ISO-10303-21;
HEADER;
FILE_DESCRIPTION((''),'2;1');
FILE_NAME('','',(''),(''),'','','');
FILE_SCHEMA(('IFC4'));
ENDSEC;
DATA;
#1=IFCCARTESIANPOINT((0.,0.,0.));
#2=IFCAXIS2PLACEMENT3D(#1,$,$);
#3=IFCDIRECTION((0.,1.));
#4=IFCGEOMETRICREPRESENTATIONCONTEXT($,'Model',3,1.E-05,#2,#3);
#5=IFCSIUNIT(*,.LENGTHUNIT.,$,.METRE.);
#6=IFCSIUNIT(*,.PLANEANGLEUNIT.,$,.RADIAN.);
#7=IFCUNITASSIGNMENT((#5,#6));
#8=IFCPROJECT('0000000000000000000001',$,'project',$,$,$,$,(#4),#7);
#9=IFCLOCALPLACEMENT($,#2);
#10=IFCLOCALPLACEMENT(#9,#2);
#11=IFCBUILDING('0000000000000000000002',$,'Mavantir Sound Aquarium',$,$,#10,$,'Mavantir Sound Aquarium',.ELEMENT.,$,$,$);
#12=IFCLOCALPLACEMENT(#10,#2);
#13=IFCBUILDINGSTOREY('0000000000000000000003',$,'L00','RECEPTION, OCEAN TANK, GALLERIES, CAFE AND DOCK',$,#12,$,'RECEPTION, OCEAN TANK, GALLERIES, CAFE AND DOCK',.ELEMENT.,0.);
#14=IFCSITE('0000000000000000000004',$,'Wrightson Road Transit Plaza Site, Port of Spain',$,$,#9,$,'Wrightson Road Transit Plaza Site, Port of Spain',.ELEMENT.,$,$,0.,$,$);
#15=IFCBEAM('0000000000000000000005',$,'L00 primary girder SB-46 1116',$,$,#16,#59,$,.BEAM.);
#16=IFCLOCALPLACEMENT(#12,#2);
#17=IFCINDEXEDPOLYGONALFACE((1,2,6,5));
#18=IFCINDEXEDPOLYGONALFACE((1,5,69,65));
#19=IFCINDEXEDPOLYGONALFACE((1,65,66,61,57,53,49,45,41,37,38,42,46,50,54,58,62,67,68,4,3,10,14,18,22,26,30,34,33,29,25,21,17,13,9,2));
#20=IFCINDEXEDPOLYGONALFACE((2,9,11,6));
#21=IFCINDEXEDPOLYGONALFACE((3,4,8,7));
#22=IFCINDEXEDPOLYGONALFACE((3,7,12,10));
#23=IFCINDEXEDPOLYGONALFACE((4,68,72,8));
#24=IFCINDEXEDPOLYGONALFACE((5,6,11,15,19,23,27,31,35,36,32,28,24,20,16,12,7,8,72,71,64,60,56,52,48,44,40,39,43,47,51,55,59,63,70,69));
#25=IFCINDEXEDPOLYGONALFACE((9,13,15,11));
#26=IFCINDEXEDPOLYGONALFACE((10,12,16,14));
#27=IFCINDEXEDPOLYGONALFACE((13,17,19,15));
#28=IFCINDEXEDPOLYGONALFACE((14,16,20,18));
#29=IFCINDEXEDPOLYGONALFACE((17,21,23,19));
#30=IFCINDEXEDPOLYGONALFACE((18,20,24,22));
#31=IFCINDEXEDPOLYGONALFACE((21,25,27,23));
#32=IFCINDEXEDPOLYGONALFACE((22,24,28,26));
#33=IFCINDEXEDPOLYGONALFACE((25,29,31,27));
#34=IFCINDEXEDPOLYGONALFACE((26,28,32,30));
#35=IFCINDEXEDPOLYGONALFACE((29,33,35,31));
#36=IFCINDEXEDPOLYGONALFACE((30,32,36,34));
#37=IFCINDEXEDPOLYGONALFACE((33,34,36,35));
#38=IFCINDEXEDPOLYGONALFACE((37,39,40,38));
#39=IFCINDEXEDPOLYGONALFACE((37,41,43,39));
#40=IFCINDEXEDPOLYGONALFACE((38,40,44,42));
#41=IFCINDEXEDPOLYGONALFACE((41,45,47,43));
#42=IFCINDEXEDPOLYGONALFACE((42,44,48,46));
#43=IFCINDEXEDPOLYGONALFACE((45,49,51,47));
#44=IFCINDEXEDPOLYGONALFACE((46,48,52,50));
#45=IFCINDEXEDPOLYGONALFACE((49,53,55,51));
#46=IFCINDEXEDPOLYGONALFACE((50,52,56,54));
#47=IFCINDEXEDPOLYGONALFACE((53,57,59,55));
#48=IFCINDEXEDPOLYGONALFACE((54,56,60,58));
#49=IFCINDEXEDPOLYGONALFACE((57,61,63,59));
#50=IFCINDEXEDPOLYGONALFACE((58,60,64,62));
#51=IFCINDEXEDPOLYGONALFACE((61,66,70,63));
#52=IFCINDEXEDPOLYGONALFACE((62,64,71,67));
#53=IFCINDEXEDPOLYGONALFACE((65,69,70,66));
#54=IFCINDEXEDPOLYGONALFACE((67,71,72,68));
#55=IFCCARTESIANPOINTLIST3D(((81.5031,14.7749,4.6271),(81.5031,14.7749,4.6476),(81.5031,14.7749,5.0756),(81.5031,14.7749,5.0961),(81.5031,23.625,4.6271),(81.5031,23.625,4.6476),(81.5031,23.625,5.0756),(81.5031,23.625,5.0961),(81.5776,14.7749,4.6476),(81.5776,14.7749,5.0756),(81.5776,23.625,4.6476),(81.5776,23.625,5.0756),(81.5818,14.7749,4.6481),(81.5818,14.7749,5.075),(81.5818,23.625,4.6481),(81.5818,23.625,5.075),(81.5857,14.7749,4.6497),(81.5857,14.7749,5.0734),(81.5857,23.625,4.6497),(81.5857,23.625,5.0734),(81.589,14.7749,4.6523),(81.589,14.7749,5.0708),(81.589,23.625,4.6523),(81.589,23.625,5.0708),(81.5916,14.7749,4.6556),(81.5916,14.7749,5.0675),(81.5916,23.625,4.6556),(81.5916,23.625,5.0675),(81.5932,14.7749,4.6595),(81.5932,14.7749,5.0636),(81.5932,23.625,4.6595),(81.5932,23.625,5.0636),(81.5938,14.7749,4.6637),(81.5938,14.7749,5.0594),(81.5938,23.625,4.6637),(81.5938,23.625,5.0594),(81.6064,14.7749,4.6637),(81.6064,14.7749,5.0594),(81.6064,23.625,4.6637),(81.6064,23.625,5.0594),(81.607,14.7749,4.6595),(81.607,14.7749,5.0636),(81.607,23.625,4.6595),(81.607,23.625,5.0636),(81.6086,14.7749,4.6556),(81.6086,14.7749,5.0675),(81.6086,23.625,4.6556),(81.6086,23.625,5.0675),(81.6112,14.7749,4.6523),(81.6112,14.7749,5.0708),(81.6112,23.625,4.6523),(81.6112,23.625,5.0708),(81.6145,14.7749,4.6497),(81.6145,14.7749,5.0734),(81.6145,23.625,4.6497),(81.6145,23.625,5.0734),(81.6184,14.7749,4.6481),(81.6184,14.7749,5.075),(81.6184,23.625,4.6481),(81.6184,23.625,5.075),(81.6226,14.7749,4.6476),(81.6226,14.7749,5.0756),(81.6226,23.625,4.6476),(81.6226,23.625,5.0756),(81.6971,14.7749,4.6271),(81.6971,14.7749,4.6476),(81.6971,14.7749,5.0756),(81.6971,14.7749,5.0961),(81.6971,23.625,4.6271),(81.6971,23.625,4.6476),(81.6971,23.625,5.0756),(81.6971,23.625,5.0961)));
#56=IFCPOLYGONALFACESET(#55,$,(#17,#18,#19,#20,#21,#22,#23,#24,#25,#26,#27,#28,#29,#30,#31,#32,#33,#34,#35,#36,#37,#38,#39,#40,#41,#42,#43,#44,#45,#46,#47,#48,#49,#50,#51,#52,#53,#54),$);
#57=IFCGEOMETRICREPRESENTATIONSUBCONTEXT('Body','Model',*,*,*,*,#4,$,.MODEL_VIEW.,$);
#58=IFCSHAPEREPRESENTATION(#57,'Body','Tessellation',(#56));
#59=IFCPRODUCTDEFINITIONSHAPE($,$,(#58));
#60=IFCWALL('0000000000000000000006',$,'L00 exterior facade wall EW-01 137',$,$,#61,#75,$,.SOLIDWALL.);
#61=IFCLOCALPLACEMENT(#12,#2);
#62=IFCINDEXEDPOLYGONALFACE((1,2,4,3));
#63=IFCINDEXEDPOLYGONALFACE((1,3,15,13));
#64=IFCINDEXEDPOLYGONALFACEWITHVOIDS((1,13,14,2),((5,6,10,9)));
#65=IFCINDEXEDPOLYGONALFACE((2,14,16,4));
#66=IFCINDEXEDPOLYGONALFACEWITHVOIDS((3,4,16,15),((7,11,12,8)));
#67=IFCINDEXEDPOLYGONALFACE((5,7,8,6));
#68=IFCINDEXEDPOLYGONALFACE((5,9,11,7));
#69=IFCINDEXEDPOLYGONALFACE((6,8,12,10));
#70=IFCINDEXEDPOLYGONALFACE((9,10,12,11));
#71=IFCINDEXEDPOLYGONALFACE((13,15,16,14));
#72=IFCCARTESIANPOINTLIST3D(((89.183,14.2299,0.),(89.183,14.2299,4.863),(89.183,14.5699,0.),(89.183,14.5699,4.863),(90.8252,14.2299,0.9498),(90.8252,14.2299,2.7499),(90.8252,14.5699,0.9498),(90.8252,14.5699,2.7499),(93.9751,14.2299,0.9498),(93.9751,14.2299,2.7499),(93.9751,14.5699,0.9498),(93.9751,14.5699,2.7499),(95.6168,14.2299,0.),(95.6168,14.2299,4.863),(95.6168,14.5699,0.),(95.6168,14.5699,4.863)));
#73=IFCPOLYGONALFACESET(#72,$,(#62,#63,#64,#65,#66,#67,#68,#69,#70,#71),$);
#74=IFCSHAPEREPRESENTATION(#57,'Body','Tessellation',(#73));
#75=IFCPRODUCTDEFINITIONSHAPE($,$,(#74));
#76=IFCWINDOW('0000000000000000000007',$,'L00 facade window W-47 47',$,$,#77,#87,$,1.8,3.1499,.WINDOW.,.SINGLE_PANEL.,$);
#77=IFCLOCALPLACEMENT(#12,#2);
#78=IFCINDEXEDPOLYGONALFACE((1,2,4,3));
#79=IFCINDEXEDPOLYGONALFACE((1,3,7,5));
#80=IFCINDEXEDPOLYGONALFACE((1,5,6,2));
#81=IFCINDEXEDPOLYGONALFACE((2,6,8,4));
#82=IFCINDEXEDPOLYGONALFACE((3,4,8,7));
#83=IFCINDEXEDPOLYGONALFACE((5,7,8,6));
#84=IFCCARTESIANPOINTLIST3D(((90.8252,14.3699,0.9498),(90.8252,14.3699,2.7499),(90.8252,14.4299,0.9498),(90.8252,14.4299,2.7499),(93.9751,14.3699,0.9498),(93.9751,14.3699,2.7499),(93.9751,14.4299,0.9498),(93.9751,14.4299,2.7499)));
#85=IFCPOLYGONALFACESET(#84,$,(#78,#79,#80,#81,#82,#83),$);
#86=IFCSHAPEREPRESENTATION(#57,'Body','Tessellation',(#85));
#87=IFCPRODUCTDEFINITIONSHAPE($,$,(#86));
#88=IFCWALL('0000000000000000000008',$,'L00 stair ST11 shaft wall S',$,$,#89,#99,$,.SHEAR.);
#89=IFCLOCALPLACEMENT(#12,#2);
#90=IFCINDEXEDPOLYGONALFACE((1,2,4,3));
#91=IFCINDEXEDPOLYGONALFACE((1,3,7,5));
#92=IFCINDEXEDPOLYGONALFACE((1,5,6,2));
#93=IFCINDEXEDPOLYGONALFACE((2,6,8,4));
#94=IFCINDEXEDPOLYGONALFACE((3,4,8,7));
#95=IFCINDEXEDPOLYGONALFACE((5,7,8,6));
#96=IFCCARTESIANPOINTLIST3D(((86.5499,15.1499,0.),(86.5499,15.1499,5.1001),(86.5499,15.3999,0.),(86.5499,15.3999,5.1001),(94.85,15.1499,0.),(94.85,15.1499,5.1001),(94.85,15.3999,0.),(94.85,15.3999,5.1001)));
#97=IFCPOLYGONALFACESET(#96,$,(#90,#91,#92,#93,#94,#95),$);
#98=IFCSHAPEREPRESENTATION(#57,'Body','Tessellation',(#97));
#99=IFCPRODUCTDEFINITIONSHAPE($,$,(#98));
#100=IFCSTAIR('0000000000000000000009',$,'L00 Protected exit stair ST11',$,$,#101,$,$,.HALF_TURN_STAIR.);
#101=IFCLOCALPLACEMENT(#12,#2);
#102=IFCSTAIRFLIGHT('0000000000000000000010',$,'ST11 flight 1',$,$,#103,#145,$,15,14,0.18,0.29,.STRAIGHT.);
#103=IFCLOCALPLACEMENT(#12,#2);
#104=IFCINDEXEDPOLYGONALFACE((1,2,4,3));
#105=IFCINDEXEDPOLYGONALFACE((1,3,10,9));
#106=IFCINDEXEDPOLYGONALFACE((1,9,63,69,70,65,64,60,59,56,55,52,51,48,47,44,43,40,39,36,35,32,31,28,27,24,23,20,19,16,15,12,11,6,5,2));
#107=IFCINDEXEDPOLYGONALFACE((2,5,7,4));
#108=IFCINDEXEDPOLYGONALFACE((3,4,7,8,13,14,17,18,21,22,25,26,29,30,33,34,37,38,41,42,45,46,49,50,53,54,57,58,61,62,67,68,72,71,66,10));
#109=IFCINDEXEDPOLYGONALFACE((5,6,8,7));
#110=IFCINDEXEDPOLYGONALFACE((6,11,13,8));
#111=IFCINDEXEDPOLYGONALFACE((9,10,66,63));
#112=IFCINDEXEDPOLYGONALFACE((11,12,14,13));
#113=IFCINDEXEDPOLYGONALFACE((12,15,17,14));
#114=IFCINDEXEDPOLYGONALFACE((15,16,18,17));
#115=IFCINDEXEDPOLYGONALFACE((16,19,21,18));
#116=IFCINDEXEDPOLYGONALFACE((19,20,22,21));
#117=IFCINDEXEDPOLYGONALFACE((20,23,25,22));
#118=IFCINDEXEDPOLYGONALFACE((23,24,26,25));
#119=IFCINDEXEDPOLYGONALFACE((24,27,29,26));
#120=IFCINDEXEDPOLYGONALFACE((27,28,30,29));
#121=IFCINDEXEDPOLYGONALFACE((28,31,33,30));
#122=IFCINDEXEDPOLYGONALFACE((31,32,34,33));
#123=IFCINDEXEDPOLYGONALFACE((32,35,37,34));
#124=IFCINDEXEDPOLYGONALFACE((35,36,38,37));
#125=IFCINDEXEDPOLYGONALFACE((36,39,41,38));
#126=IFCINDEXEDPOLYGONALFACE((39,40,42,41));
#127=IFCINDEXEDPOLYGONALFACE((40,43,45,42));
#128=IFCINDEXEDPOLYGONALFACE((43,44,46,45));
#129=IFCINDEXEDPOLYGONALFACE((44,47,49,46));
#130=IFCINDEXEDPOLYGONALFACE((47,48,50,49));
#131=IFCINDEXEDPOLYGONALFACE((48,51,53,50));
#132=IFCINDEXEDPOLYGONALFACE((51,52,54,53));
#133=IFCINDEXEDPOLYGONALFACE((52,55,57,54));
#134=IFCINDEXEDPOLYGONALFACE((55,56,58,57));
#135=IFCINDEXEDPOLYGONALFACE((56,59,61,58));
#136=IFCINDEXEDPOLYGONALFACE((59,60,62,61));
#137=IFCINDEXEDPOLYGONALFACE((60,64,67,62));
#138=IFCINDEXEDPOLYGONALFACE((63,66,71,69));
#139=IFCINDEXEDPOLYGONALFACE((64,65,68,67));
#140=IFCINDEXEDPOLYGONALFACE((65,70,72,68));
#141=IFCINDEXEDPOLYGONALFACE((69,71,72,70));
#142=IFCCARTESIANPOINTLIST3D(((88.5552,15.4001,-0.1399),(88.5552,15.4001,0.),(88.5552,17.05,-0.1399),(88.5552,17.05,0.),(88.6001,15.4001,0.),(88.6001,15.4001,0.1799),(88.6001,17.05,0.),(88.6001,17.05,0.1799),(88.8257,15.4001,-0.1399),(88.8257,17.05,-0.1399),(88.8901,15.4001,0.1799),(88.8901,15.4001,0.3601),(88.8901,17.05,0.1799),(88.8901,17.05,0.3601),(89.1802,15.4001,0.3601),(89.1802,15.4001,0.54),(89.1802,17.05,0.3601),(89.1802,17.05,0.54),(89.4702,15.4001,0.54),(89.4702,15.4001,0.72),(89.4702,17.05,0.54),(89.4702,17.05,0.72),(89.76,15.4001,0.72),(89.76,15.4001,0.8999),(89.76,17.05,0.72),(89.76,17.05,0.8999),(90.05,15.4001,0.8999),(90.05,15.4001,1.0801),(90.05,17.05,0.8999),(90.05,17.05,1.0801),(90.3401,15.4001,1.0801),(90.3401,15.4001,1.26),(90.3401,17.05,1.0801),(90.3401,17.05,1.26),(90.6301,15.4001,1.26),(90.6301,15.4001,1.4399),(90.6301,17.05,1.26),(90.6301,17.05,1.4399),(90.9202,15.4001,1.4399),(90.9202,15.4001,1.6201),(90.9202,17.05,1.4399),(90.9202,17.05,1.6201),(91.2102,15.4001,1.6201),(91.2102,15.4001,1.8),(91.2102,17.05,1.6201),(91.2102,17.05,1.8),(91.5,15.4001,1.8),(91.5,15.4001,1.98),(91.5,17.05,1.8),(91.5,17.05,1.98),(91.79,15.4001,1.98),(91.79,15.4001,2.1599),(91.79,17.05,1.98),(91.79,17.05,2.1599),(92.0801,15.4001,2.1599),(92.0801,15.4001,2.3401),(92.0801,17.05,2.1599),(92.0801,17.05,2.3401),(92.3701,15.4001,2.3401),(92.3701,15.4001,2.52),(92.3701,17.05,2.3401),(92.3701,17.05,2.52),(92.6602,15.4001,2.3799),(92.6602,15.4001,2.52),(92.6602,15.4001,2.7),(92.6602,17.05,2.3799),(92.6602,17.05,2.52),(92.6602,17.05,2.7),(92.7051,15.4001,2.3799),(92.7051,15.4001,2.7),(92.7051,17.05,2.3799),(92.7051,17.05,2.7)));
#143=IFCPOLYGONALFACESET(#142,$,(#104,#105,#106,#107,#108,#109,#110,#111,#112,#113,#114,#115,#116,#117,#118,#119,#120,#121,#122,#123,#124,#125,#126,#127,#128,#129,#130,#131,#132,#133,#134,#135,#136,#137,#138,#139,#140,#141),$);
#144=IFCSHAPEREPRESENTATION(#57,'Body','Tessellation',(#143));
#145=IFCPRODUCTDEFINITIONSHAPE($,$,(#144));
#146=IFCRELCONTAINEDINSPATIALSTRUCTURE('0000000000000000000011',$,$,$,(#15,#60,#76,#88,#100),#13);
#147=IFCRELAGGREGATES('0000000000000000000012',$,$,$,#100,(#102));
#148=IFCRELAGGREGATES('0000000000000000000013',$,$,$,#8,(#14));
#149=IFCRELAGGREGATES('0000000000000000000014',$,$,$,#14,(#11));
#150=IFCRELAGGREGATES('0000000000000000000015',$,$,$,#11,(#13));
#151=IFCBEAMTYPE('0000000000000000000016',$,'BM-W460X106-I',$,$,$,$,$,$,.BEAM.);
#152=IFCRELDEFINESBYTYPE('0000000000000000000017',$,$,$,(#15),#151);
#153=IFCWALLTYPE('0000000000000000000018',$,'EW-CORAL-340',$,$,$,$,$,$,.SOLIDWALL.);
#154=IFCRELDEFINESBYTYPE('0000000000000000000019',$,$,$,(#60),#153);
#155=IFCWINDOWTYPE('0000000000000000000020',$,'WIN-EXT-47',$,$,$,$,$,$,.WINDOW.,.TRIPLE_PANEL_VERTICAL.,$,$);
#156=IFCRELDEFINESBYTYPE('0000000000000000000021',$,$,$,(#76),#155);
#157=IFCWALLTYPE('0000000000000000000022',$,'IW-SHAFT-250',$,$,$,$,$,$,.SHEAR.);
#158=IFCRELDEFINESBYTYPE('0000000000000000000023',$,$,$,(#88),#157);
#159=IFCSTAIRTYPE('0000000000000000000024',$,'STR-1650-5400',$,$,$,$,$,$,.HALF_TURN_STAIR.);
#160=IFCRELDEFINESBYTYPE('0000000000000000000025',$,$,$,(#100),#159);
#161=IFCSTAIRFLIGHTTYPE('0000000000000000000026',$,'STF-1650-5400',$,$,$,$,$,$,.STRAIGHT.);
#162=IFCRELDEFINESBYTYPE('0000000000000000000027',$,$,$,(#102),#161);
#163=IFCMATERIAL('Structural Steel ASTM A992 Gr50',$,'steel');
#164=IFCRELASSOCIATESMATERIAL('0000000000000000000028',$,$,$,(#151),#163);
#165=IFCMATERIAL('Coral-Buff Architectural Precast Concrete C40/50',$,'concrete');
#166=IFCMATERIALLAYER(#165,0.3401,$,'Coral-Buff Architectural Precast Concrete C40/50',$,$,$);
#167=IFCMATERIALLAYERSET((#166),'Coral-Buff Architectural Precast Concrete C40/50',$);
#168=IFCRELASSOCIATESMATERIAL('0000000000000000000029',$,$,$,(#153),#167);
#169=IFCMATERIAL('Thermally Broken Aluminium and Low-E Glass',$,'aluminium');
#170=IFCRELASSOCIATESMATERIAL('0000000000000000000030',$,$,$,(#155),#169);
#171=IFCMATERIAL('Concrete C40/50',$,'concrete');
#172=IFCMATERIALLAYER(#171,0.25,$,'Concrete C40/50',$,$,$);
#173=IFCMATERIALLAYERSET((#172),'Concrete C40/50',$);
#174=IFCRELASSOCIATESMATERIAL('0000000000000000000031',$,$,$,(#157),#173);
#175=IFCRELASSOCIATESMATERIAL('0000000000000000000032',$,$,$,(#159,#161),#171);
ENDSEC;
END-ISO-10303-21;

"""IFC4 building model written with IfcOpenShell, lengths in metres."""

from ifc_helpers import new_model, si_unit, direction, frame, frame_2d, origin, origin_2d, place, context, subcontext, project, spatial, polyline, rectangle, i_section, outline, extrude, material, layer, layer_set, material_profile, profile_set, type_object, element, fill, aggregate, save


model = new_model("IFC4")

# Units and contexts
model_context = context("Model", 3, precision=1e-05, world=origin(), true_north=direction((0.0, 1.0)))
body_context = subcontext(model_context, "Body", "Model", "MODEL_VIEW")
ifc_project = project(units=[si_unit("LENGTHUNIT", "METRE"), si_unit("PLANEANGLEUNIT", "RADIAN")], contexts=[model_context])

# Site, building, storey
site_placement = place(None, origin())
site = spatial("IfcSite", under=ifc_project, at=site_placement, Name="Wrightson Road Transit Plaza Site, Port of Spain", LongName="Wrightson Road Transit Plaza Site, Port of Spain", CompositionType="ELEMENT", RefElevation=0.0)
building_placement = place(site_placement, origin())
building = spatial("IfcBuilding", under=site, at=building_placement, Name="Mavantir Sound Aquarium", LongName="Mavantir Sound Aquarium", CompositionType="ELEMENT")
storey_placement = place(building_placement, origin())
storey = spatial("IfcBuildingStorey", under=building, at=storey_placement, Name="L00", Description="RECEPTION, OCEAN TANK, GALLERIES, CAFE AND DOCK", LongName="RECEPTION, OCEAN TANK, GALLERIES, CAFE AND DOCK", CompositionType="ELEMENT", Elevation=0.0)

# Shared definitions
ifc_material_1 = material(Name="Concrete C40/50", Category="concrete")

# Beam
ifc_material_2 = material(Name="Structural Steel ASTM A992 Gr50", Category="steel")
ifc_material_profile_1 = material_profile(ifc_material_2, i_section(OverallWidth=0.1941, OverallDepth=0.469, WebThickness=0.0127, FlangeThickness=0.0205, FilletRadius=0.0161, at=origin_2d()), Name="W460X106")
ifc_profile_set_1 = profile_set([ifc_material_profile_1], Name="Structural Steel ASTM A992 Gr50")
beam_type_1 = type_object("IfcBeamType", Name="BM-W460X106-I", PredefinedType="BEAM", material=ifc_profile_set_1)
beam_1_placement = place(storey_placement, frame((81.6001, 14.7749, 4.8616), z_axis=(0.0, 1.0, 0.0), x_axis=(-1.0, 0.0, 0.0)))
element("IfcBeam", 1, at=beam_1_placement, inside=storey, type_object=beam_type_1, Name="L00 primary girder SB-46 1116", PredefinedType="BEAM", context=body_context, shape_type="SweptSolid", body=[
    extrude(i_section(OverallWidth=0.1941, OverallDepth=0.469, WebThickness=0.0127, FlangeThickness=0.0205, FilletRadius=0.0161, at=origin_2d()), origin(), (0.0, 0.0, 1.0), 8.8501),
])

# Shared definitions
ifc_material_3 = material(Name="Coral-Buff Architectural Precast Concrete C40/50", Category="concrete")
ifc_layer_1 = layer(ifc_material_3, 0.3401, Name="Coral-Buff Architectural Precast Concrete C40/50")
ifc_layer_set_1 = layer_set([ifc_layer_1], Name="Coral-Buff Architectural Precast Concrete C40/50")
wall_type_1 = type_object("IfcWallType", Name="EW-CORAL-340", PredefinedType="SOLIDWALL", material=ifc_layer_set_1)

# Wall, opening, window
wall_1_placement = place(storey_placement, frame((89.1831, 14.3999, 0.0), z_axis=(0.0, 0.0, 1.0), x_axis=(1.0, 0.0, 0.0)))
wall_1 = element("IfcWall", 2, at=wall_1_placement, inside=storey, type_object=wall_type_1, Name="L00 exterior facade wall EW-01 137", PredefinedType="SOLIDWALL", context=body_context, shape_type="SweptSolid", body=[
    extrude(rectangle(XDim=6.4338, YDim=0.3401, at=frame_2d((3.2168, 0.0))), origin(), (0.0, 0.0, 1.0), 4.863),
])
opening_1_placement = place(wall_1_placement, frame((1.6421, 0.0, 0.95)))
opening_1 = element("IfcOpeningElement", 3, at=opening_1_placement, cuts=wall_1, PredefinedType="OPENING", context=body_context, shape_type="SweptSolid", body=[
    extrude(rectangle(XDim=3.1499, YDim=1.8, at=frame_2d((1.575, 0.8999))), frame((0.0, 0.1802, 0.0), z_axis=(0.0, -1.0, 0.0), x_axis=(1.0, 0.0, 0.0)), (0.0, 0.0, 1.0), 0.3601),
])
ifc_material_4 = material(Name="Thermally Broken Aluminium and Low-E Glass", Category="aluminium")
window_type = type_object("IfcWindowType", Name="WIN-EXT-47", PartitioningType="TRIPLE_PANEL_VERTICAL", PredefinedType="WINDOW", material=ifc_material_4)
window_placement = place(opening_1_placement, origin())
window = element("IfcWindow", 4, at=window_placement, inside=storey, type_object=window_type, Name="L00 facade window W-47 47", OverallHeight=1.8, OverallWidth=3.1499, PartitioningType="SINGLE_PANEL", PredefinedType="WINDOW", context=body_context, shape_type="SweptSolid", body=[
    extrude(rectangle(XDim=3.1499, YDim=1.8, at=frame_2d((1.575, 0.8999))), frame((0.0, 0.03, 0.0), z_axis=(0.0, -1.0, 0.0), x_axis=(1.0, 0.0, 0.0)), (0.0, 0.0, 1.0), 0.0601),
])
fill(opening_1, window)

# Wall
ifc_layer_2 = layer(ifc_material_1, 0.25, Name="Concrete C40/50")
ifc_layer_set_2 = layer_set([ifc_layer_2], Name="Concrete C40/50")
wall_type_2 = type_object("IfcWallType", Name="IW-SHAFT-250", PredefinedType="SHEAR", material=ifc_layer_set_2)
wall_2_placement = place(storey_placement, frame((86.55, 15.2749, 0.0), z_axis=(0.0, 0.0, 1.0), x_axis=(1.0, 0.0, 0.0)))
element("IfcWall", 5, at=wall_2_placement, inside=storey, type_object=wall_type_2, Name="L00 stair ST11 shaft wall S", PredefinedType="SHEAR", context=body_context, shape_type="SweptSolid", body=[
    extrude(rectangle(XDim=8.3, YDim=0.25, at=frame_2d((4.1499, 0.0))), origin(), (0.0, 0.0, 1.0), 5.1001),
])

# Stair, stair flight
stair_type = type_object("IfcStairType", Name="STR-1650-5400", PredefinedType="HALF_TURN_STAIR", material=ifc_material_1)
stair_placement = place(storey_placement, origin())
stair = element("IfcStair", 6, at=stair_placement, inside=storey, type_object=stair_type, Name="L00 Protected exit stair ST11", PredefinedType="HALF_TURN_STAIR")
stair_flight_type = type_object("IfcStairFlightType", Name="STF-1650-5400", PredefinedType="STRAIGHT", material=ifc_material_1)
stair_flight_placement = place(storey_placement, frame((88.6001, 16.2251, 0.0), z_axis=(0.0, 0.0, 1.0), x_axis=(1.0, 0.0, 0.0)))
stair_flight = element("IfcStairFlight", 7, at=stair_flight_placement, type_object=stair_flight_type, Name="ST11 flight 1", NumberOfRisers=15, NumberOfTreads=14, PredefinedType="STRAIGHT", RiserHeight=0.18, TreadLength=0.29, context=body_context, shape_type="SweptSolid", body=[
    extrude(outline(polyline([(-0.0449, -0.1399), (-0.0449, 0.0), (0.0, 0.0), (0.0, 0.1799), (0.29, 0.1799), (0.29, 0.3601), (0.5801, 0.3601), (0.5801, 0.54), (0.8701, 0.54), (0.8701, 0.72), (1.1599, 0.72), (1.1599, 0.8999), (1.45, 0.8999), (1.45, 1.0801), (1.74, 1.0801), (1.74, 1.26), (2.03, 1.26), (2.03, 1.4399), (2.3201, 1.4399), (2.3201, 1.6201), (2.6101, 1.6201), (2.6101, 1.8), (2.8999, 1.8), (2.8999, 1.98), (3.1899, 1.98), (3.1899, 2.1599), (3.48, 2.1599), (3.48, 2.3401), (3.77, 2.3401), (3.77, 2.52), (4.0601, 2.52), (4.0601, 2.7), (4.105, 2.7), (4.105, 2.3799), (4.0601, 2.3799), (0.2256, -0.1399), (-0.0449, -0.1399)])), frame((0.0, 0.825, 0.0), z_axis=(0.0, -1.0, 0.0), x_axis=(1.0, 0.0, 0.0)), (0.0, 0.0, 1.0), 1.6499),
])
aggregate(stair, [stair_flight])

save(model, "model.ifc")
